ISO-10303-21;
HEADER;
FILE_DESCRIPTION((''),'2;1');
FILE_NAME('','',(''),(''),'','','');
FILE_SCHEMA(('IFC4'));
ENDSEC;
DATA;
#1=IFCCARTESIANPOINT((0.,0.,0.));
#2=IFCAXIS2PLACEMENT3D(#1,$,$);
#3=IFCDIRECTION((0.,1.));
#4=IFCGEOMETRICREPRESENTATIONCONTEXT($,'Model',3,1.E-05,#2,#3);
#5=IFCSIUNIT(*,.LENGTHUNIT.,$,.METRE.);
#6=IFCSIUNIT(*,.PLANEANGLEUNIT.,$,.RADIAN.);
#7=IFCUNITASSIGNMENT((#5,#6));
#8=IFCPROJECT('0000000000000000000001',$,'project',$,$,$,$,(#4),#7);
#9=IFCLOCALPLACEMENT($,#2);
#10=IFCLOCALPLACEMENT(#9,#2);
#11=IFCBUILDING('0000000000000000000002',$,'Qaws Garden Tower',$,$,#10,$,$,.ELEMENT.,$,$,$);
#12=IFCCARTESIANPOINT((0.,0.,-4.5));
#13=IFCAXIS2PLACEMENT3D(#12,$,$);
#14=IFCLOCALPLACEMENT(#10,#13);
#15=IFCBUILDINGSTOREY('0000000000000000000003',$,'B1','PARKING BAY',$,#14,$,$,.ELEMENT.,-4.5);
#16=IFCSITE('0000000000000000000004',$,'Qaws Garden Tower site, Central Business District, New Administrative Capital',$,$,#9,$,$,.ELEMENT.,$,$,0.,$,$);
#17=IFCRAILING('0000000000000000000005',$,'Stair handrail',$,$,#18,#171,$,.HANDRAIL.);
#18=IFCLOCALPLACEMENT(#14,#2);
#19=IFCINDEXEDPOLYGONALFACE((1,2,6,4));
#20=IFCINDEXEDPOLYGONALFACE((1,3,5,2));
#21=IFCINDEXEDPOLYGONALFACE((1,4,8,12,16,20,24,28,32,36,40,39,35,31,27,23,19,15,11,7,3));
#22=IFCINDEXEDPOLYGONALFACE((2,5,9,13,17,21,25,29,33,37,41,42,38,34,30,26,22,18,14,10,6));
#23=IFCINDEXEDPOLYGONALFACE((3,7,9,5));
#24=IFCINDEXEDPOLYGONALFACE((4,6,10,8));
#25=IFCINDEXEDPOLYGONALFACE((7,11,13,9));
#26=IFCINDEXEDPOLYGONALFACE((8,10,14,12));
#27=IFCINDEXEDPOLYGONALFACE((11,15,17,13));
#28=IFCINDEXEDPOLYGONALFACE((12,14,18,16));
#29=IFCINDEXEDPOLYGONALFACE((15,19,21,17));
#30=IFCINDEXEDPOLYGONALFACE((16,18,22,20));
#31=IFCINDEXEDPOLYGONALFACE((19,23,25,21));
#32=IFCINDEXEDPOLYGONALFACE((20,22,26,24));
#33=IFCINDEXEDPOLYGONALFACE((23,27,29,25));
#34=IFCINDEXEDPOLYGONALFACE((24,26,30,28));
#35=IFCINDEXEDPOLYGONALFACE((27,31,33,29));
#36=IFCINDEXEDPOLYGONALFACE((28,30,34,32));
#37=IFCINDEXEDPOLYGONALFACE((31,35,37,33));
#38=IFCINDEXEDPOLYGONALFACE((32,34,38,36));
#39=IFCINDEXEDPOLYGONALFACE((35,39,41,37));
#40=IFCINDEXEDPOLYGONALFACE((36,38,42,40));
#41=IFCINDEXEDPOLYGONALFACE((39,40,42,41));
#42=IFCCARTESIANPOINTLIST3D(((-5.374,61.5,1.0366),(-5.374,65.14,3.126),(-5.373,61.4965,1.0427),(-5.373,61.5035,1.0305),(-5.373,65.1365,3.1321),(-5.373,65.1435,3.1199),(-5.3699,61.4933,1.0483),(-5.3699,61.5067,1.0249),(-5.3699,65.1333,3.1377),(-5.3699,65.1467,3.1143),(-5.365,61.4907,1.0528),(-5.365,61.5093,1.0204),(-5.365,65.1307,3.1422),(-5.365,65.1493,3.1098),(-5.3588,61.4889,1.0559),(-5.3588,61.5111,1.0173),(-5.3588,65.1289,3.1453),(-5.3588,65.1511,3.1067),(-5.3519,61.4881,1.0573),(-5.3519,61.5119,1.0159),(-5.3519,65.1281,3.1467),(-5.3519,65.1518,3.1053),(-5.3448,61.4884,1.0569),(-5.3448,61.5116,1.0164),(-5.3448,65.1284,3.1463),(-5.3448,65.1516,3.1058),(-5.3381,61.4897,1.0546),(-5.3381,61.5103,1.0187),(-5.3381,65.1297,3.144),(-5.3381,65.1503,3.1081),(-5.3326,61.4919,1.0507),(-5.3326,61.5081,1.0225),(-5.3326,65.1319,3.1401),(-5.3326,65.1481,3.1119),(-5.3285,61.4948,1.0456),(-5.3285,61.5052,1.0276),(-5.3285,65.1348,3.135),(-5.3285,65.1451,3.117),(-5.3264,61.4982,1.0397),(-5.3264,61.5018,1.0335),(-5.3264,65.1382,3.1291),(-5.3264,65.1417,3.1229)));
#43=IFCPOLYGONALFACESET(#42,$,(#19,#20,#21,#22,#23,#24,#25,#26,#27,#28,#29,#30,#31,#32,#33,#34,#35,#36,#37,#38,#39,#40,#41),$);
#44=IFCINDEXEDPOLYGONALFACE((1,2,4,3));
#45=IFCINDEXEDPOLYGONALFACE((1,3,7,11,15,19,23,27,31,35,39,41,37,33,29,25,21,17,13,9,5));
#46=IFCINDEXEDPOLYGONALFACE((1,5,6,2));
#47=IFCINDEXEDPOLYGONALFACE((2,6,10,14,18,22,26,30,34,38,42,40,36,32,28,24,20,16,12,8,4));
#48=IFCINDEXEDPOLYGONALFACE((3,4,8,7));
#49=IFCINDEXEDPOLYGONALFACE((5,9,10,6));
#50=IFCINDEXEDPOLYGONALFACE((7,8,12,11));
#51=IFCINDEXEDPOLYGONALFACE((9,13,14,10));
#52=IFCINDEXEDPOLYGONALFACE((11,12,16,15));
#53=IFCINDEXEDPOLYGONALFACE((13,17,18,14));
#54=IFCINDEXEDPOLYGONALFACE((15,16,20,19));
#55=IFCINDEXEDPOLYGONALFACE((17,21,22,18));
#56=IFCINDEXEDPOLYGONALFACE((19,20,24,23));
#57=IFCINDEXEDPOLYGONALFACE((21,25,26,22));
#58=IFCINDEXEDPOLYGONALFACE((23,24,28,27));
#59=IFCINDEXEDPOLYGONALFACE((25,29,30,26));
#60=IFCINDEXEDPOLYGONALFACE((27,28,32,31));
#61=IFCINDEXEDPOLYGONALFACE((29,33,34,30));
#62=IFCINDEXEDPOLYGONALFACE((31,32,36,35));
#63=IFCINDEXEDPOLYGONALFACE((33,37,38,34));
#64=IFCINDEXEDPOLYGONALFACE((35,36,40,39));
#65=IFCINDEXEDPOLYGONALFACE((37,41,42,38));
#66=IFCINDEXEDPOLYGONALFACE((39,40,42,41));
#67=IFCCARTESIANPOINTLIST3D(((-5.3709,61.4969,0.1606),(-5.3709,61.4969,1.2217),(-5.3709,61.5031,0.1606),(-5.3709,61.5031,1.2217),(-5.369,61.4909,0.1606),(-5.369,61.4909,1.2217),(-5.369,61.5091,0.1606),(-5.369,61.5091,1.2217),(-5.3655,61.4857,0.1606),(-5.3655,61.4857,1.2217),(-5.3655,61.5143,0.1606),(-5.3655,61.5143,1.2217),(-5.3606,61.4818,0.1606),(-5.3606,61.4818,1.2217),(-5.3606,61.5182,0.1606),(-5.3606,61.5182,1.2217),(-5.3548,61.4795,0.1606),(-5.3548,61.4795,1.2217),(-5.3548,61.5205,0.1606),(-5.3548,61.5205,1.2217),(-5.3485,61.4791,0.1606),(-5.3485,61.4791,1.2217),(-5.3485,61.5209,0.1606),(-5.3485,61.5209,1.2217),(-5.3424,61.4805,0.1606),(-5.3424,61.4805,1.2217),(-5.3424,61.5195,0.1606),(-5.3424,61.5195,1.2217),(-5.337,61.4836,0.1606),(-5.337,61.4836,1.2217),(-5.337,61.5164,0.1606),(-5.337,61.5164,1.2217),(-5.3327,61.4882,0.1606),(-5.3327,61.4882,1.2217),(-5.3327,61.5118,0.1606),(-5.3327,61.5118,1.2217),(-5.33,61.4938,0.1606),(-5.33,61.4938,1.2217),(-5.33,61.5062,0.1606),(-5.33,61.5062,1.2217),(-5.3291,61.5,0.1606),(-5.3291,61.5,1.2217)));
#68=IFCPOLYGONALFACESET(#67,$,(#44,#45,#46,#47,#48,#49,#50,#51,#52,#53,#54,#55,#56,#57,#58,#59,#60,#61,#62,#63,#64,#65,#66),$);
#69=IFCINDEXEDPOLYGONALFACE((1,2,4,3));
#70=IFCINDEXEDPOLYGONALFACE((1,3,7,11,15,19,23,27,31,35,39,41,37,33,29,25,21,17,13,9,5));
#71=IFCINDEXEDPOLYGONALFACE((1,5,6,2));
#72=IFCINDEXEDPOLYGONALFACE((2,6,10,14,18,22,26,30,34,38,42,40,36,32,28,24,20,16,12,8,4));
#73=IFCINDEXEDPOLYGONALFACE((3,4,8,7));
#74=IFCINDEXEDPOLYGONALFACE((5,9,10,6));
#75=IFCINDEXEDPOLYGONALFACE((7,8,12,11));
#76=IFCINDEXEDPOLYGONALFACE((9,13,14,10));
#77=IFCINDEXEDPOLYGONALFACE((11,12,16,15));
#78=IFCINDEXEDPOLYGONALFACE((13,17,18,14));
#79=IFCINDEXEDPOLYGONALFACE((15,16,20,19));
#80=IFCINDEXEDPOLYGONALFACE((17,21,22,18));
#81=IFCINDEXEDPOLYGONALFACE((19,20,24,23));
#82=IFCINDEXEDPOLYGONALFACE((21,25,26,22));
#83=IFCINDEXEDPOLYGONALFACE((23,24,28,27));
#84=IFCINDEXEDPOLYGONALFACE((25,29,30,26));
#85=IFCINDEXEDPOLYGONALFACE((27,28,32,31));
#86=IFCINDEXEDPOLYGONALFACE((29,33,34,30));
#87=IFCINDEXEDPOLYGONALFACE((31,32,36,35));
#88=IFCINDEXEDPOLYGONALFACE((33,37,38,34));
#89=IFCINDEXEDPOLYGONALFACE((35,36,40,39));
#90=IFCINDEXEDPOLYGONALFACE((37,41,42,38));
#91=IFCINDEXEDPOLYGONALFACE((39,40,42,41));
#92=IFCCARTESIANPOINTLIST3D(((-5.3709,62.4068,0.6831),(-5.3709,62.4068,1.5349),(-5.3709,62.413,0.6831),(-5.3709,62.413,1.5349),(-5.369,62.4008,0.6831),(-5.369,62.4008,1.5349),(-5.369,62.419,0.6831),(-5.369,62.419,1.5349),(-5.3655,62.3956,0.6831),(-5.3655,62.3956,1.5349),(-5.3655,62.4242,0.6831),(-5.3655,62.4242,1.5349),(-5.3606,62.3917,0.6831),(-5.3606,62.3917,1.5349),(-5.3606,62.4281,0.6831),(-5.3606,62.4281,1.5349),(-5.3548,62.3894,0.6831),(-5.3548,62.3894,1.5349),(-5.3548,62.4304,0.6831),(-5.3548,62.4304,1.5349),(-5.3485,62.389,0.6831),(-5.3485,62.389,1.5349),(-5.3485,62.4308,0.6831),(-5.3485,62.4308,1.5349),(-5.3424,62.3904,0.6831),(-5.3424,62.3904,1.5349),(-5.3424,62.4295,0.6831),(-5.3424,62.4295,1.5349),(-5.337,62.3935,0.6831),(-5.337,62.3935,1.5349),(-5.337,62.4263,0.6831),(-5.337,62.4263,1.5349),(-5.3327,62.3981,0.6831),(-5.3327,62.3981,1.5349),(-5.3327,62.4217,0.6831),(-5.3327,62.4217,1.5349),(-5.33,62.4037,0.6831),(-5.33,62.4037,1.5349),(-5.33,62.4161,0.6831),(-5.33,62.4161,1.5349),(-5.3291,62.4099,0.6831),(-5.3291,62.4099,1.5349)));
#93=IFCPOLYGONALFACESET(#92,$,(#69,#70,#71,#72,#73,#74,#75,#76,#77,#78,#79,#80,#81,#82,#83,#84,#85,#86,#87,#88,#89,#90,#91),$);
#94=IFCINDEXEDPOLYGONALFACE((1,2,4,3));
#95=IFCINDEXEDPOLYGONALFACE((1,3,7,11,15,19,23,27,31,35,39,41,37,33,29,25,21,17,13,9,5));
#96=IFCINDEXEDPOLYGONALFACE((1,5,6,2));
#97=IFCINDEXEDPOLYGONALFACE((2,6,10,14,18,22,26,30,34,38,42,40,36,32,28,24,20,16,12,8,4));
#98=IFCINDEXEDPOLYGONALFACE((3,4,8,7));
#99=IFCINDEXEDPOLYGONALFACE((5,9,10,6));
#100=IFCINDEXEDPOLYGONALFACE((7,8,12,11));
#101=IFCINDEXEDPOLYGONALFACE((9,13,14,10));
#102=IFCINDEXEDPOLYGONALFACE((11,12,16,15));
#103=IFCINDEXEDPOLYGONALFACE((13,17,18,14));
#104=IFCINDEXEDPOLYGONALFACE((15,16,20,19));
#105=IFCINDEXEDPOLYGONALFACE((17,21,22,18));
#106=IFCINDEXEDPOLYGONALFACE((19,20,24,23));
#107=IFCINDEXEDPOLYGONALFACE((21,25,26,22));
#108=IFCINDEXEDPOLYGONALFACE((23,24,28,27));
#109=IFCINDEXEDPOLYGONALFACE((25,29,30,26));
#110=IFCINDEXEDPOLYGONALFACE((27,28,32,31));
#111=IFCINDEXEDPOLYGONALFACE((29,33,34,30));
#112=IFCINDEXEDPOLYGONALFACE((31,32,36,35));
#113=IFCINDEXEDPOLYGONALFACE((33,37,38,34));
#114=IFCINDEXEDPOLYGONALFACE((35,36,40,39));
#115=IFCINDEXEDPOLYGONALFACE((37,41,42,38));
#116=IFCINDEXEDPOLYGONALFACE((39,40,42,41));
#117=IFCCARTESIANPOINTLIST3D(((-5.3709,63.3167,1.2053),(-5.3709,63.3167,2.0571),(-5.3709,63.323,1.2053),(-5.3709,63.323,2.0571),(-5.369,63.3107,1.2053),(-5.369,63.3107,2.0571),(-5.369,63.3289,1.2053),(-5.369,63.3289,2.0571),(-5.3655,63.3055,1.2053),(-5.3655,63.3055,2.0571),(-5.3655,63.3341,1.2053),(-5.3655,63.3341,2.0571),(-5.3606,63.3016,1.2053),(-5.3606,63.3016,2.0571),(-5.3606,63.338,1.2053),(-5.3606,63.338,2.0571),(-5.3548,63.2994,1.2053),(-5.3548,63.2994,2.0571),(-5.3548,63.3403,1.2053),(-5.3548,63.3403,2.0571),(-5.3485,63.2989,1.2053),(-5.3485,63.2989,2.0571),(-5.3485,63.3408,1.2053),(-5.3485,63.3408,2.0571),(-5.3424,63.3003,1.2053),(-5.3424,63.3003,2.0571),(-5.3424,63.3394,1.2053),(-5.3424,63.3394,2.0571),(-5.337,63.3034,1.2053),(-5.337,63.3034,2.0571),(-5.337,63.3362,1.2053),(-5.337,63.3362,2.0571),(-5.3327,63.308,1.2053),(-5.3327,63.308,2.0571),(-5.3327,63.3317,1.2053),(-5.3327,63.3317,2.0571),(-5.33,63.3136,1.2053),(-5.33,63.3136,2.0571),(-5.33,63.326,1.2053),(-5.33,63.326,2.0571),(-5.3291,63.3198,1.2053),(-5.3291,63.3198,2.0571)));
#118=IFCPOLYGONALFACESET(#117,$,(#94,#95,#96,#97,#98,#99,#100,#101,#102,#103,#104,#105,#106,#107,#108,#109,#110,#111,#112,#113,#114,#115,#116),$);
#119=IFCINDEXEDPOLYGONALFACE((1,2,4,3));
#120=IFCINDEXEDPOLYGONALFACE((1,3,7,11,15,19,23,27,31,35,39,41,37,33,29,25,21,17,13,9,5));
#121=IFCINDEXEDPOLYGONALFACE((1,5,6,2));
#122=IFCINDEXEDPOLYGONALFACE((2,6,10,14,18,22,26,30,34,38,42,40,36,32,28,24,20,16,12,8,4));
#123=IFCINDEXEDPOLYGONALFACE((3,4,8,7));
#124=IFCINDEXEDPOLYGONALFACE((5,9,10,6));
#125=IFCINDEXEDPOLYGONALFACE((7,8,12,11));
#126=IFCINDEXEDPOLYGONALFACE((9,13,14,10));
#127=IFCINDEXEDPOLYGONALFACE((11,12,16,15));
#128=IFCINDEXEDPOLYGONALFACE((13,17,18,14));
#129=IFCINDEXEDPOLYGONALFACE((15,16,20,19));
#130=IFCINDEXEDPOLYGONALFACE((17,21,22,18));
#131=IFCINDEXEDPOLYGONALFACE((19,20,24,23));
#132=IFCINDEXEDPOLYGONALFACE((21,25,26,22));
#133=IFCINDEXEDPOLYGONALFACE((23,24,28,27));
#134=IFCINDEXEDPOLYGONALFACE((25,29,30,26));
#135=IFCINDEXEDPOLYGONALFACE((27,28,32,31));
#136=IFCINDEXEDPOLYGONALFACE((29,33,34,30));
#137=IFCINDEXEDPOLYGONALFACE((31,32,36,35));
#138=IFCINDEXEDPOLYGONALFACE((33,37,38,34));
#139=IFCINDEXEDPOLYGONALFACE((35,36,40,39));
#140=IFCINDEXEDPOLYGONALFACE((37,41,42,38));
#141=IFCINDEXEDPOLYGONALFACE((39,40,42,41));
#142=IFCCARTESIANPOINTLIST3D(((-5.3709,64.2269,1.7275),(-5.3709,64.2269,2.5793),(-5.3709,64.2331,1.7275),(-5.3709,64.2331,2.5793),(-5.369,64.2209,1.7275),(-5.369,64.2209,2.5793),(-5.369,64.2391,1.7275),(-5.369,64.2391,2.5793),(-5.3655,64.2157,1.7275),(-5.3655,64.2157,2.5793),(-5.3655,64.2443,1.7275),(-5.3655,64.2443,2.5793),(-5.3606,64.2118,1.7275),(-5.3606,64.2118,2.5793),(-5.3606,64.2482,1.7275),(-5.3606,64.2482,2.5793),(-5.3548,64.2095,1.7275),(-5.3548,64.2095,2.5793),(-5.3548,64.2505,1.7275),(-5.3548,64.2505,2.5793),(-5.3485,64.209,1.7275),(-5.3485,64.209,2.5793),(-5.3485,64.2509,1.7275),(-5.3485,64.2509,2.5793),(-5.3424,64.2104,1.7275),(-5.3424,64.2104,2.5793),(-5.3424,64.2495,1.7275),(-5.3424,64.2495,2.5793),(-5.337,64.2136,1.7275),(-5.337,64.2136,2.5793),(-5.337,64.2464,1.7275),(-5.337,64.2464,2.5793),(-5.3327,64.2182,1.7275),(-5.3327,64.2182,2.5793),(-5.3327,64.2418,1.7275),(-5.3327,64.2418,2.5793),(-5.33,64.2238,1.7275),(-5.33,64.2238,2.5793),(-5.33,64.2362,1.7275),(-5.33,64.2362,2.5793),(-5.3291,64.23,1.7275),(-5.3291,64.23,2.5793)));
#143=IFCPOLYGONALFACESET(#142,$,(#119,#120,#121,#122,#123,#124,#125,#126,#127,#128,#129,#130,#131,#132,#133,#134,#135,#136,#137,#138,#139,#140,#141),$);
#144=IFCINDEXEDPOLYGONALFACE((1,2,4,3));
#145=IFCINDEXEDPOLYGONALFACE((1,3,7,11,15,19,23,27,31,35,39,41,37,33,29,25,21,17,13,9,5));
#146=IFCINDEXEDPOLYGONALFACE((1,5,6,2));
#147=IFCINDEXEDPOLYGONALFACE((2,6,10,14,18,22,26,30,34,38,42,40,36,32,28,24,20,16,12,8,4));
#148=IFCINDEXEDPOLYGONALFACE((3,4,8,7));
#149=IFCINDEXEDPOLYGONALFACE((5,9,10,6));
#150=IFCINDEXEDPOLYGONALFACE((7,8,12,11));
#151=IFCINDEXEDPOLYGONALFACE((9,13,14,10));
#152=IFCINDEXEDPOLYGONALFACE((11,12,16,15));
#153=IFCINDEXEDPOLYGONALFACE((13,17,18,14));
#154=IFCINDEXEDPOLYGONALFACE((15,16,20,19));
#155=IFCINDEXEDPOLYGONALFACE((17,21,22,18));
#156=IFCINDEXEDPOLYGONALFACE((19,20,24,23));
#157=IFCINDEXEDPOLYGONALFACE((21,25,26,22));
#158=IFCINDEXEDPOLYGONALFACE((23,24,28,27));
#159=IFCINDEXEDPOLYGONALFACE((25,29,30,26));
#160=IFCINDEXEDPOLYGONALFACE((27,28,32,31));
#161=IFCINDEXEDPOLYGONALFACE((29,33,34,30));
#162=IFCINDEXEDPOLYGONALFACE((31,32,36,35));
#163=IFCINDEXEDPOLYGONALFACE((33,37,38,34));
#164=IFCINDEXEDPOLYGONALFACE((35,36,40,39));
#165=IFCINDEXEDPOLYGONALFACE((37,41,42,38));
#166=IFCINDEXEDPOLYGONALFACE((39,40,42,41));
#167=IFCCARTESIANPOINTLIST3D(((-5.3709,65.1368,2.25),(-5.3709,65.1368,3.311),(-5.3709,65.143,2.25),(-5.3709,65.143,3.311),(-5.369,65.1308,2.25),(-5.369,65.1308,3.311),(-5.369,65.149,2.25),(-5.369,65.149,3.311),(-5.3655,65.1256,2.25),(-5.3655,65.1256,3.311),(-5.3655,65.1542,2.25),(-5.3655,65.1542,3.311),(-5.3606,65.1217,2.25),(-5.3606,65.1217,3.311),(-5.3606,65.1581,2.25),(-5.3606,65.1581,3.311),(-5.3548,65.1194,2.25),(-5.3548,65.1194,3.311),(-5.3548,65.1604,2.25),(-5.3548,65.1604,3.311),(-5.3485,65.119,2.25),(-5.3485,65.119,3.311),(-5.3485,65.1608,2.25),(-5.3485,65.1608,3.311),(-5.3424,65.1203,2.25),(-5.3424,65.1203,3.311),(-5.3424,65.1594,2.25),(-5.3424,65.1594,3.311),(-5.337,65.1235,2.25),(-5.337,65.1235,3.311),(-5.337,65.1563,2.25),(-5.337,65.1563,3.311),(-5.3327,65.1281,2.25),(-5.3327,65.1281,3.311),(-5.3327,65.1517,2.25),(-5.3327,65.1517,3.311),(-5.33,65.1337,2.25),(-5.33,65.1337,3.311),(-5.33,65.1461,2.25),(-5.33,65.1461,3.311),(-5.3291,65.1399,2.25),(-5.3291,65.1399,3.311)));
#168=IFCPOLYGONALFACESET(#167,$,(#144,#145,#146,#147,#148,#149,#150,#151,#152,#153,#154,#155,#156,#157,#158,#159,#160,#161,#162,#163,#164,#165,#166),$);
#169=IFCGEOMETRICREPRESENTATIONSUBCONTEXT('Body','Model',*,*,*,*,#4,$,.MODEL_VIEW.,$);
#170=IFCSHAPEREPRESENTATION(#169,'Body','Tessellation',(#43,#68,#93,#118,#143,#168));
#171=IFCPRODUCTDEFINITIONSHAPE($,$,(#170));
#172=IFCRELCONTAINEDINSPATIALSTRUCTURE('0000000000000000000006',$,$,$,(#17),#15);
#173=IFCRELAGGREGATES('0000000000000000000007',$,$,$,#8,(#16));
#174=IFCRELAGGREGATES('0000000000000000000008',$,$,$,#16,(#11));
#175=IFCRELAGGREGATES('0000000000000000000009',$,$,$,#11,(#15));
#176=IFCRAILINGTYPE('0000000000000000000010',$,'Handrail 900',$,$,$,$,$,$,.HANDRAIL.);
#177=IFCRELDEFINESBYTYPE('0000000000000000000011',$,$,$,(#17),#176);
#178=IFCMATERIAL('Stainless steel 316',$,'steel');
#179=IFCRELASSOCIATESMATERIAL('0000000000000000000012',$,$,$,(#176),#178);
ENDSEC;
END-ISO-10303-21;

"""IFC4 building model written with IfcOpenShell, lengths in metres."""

from ifc_helpers import new_model, si_unit, direction, frame, origin, origin_2d, place, context, subcontext, project, spatial, circle, extrude, material, type_object, element, save


model = new_model("IFC4")

# Units and contexts
model_context = context("Model", 3, precision=1e-05, world=origin(), true_north=direction((0.0, 1.0)))
body_context = subcontext(model_context, "Body", "Model", "MODEL_VIEW")
ifc_project = project(units=[si_unit("LENGTHUNIT", "METRE"), si_unit("PLANEANGLEUNIT", "RADIAN")], contexts=[model_context])

# Site, building, storey
site_placement = place(None, origin())
site = spatial("IfcSite", under=ifc_project, at=site_placement, Name="Qaws Garden Tower site, Central Business District, New Administrative Capital", CompositionType="ELEMENT", RefElevation=0.0)
building_placement = place(site_placement, origin())
building = spatial("IfcBuilding", under=site, at=building_placement, Name="Qaws Garden Tower", CompositionType="ELEMENT")
storey_placement = place(building_placement, frame((0.0, 0.0, -4.5)))
storey = spatial("IfcBuildingStorey", under=building, at=storey_placement, Name="B1", Description="PARKING BAY", CompositionType="ELEMENT", Elevation=-4.5)

# Railing
ifc_material_1 = material(Name="Stainless steel 316", Category="steel")
railing_type_1 = type_object("IfcRailingType", Name="Handrail 900", PredefinedType="HANDRAIL", material=ifc_material_1)
for number, where, name in (
    (1, (-5.3501, 61.5, 0.1606), "Stair handrail"),
):
    element("IfcRailing", number, at=place(storey_placement, frame(where)), inside=storey, type_object=railing_type_1, Name=name, PredefinedType="HANDRAIL", context=body_context, shape_type="SweptSolid", body=[
        extrude(circle(Radius=0.0239, at=origin_2d()), frame((0.0, 0.0, 0.876), z_axis=(0.0, 0.867275, 0.497829), x_axis=(-1.0, 0.0, 0.0)), (0.0, 0.0, 1.0), 4.197),
        extrude(circle(Radius=0.021, at=origin_2d()), origin(), (0.0, 0.0, 1.0), 1.061),
        extrude(circle(Radius=0.021, at=origin_2d()), frame((0.0, 0.9099, 0.5225)), (0.0, 0.0, 1.0), 0.8518),
        extrude(circle(Radius=0.021, at=origin_2d()), frame((0.0, 1.8198, 1.0447)), (0.0, 0.0, 1.0), 0.8518),
        extrude(circle(Radius=0.021, at=origin_2d()), frame((0.0, 2.73, 1.5669)), (0.0, 0.0, 1.0), 0.8518),
        extrude(circle(Radius=0.021, at=origin_2d()), frame((0.0, 3.6399, 2.0894)), (0.0, 0.0, 1.0), 1.061),
    ])

save(model, "model.ifc")
